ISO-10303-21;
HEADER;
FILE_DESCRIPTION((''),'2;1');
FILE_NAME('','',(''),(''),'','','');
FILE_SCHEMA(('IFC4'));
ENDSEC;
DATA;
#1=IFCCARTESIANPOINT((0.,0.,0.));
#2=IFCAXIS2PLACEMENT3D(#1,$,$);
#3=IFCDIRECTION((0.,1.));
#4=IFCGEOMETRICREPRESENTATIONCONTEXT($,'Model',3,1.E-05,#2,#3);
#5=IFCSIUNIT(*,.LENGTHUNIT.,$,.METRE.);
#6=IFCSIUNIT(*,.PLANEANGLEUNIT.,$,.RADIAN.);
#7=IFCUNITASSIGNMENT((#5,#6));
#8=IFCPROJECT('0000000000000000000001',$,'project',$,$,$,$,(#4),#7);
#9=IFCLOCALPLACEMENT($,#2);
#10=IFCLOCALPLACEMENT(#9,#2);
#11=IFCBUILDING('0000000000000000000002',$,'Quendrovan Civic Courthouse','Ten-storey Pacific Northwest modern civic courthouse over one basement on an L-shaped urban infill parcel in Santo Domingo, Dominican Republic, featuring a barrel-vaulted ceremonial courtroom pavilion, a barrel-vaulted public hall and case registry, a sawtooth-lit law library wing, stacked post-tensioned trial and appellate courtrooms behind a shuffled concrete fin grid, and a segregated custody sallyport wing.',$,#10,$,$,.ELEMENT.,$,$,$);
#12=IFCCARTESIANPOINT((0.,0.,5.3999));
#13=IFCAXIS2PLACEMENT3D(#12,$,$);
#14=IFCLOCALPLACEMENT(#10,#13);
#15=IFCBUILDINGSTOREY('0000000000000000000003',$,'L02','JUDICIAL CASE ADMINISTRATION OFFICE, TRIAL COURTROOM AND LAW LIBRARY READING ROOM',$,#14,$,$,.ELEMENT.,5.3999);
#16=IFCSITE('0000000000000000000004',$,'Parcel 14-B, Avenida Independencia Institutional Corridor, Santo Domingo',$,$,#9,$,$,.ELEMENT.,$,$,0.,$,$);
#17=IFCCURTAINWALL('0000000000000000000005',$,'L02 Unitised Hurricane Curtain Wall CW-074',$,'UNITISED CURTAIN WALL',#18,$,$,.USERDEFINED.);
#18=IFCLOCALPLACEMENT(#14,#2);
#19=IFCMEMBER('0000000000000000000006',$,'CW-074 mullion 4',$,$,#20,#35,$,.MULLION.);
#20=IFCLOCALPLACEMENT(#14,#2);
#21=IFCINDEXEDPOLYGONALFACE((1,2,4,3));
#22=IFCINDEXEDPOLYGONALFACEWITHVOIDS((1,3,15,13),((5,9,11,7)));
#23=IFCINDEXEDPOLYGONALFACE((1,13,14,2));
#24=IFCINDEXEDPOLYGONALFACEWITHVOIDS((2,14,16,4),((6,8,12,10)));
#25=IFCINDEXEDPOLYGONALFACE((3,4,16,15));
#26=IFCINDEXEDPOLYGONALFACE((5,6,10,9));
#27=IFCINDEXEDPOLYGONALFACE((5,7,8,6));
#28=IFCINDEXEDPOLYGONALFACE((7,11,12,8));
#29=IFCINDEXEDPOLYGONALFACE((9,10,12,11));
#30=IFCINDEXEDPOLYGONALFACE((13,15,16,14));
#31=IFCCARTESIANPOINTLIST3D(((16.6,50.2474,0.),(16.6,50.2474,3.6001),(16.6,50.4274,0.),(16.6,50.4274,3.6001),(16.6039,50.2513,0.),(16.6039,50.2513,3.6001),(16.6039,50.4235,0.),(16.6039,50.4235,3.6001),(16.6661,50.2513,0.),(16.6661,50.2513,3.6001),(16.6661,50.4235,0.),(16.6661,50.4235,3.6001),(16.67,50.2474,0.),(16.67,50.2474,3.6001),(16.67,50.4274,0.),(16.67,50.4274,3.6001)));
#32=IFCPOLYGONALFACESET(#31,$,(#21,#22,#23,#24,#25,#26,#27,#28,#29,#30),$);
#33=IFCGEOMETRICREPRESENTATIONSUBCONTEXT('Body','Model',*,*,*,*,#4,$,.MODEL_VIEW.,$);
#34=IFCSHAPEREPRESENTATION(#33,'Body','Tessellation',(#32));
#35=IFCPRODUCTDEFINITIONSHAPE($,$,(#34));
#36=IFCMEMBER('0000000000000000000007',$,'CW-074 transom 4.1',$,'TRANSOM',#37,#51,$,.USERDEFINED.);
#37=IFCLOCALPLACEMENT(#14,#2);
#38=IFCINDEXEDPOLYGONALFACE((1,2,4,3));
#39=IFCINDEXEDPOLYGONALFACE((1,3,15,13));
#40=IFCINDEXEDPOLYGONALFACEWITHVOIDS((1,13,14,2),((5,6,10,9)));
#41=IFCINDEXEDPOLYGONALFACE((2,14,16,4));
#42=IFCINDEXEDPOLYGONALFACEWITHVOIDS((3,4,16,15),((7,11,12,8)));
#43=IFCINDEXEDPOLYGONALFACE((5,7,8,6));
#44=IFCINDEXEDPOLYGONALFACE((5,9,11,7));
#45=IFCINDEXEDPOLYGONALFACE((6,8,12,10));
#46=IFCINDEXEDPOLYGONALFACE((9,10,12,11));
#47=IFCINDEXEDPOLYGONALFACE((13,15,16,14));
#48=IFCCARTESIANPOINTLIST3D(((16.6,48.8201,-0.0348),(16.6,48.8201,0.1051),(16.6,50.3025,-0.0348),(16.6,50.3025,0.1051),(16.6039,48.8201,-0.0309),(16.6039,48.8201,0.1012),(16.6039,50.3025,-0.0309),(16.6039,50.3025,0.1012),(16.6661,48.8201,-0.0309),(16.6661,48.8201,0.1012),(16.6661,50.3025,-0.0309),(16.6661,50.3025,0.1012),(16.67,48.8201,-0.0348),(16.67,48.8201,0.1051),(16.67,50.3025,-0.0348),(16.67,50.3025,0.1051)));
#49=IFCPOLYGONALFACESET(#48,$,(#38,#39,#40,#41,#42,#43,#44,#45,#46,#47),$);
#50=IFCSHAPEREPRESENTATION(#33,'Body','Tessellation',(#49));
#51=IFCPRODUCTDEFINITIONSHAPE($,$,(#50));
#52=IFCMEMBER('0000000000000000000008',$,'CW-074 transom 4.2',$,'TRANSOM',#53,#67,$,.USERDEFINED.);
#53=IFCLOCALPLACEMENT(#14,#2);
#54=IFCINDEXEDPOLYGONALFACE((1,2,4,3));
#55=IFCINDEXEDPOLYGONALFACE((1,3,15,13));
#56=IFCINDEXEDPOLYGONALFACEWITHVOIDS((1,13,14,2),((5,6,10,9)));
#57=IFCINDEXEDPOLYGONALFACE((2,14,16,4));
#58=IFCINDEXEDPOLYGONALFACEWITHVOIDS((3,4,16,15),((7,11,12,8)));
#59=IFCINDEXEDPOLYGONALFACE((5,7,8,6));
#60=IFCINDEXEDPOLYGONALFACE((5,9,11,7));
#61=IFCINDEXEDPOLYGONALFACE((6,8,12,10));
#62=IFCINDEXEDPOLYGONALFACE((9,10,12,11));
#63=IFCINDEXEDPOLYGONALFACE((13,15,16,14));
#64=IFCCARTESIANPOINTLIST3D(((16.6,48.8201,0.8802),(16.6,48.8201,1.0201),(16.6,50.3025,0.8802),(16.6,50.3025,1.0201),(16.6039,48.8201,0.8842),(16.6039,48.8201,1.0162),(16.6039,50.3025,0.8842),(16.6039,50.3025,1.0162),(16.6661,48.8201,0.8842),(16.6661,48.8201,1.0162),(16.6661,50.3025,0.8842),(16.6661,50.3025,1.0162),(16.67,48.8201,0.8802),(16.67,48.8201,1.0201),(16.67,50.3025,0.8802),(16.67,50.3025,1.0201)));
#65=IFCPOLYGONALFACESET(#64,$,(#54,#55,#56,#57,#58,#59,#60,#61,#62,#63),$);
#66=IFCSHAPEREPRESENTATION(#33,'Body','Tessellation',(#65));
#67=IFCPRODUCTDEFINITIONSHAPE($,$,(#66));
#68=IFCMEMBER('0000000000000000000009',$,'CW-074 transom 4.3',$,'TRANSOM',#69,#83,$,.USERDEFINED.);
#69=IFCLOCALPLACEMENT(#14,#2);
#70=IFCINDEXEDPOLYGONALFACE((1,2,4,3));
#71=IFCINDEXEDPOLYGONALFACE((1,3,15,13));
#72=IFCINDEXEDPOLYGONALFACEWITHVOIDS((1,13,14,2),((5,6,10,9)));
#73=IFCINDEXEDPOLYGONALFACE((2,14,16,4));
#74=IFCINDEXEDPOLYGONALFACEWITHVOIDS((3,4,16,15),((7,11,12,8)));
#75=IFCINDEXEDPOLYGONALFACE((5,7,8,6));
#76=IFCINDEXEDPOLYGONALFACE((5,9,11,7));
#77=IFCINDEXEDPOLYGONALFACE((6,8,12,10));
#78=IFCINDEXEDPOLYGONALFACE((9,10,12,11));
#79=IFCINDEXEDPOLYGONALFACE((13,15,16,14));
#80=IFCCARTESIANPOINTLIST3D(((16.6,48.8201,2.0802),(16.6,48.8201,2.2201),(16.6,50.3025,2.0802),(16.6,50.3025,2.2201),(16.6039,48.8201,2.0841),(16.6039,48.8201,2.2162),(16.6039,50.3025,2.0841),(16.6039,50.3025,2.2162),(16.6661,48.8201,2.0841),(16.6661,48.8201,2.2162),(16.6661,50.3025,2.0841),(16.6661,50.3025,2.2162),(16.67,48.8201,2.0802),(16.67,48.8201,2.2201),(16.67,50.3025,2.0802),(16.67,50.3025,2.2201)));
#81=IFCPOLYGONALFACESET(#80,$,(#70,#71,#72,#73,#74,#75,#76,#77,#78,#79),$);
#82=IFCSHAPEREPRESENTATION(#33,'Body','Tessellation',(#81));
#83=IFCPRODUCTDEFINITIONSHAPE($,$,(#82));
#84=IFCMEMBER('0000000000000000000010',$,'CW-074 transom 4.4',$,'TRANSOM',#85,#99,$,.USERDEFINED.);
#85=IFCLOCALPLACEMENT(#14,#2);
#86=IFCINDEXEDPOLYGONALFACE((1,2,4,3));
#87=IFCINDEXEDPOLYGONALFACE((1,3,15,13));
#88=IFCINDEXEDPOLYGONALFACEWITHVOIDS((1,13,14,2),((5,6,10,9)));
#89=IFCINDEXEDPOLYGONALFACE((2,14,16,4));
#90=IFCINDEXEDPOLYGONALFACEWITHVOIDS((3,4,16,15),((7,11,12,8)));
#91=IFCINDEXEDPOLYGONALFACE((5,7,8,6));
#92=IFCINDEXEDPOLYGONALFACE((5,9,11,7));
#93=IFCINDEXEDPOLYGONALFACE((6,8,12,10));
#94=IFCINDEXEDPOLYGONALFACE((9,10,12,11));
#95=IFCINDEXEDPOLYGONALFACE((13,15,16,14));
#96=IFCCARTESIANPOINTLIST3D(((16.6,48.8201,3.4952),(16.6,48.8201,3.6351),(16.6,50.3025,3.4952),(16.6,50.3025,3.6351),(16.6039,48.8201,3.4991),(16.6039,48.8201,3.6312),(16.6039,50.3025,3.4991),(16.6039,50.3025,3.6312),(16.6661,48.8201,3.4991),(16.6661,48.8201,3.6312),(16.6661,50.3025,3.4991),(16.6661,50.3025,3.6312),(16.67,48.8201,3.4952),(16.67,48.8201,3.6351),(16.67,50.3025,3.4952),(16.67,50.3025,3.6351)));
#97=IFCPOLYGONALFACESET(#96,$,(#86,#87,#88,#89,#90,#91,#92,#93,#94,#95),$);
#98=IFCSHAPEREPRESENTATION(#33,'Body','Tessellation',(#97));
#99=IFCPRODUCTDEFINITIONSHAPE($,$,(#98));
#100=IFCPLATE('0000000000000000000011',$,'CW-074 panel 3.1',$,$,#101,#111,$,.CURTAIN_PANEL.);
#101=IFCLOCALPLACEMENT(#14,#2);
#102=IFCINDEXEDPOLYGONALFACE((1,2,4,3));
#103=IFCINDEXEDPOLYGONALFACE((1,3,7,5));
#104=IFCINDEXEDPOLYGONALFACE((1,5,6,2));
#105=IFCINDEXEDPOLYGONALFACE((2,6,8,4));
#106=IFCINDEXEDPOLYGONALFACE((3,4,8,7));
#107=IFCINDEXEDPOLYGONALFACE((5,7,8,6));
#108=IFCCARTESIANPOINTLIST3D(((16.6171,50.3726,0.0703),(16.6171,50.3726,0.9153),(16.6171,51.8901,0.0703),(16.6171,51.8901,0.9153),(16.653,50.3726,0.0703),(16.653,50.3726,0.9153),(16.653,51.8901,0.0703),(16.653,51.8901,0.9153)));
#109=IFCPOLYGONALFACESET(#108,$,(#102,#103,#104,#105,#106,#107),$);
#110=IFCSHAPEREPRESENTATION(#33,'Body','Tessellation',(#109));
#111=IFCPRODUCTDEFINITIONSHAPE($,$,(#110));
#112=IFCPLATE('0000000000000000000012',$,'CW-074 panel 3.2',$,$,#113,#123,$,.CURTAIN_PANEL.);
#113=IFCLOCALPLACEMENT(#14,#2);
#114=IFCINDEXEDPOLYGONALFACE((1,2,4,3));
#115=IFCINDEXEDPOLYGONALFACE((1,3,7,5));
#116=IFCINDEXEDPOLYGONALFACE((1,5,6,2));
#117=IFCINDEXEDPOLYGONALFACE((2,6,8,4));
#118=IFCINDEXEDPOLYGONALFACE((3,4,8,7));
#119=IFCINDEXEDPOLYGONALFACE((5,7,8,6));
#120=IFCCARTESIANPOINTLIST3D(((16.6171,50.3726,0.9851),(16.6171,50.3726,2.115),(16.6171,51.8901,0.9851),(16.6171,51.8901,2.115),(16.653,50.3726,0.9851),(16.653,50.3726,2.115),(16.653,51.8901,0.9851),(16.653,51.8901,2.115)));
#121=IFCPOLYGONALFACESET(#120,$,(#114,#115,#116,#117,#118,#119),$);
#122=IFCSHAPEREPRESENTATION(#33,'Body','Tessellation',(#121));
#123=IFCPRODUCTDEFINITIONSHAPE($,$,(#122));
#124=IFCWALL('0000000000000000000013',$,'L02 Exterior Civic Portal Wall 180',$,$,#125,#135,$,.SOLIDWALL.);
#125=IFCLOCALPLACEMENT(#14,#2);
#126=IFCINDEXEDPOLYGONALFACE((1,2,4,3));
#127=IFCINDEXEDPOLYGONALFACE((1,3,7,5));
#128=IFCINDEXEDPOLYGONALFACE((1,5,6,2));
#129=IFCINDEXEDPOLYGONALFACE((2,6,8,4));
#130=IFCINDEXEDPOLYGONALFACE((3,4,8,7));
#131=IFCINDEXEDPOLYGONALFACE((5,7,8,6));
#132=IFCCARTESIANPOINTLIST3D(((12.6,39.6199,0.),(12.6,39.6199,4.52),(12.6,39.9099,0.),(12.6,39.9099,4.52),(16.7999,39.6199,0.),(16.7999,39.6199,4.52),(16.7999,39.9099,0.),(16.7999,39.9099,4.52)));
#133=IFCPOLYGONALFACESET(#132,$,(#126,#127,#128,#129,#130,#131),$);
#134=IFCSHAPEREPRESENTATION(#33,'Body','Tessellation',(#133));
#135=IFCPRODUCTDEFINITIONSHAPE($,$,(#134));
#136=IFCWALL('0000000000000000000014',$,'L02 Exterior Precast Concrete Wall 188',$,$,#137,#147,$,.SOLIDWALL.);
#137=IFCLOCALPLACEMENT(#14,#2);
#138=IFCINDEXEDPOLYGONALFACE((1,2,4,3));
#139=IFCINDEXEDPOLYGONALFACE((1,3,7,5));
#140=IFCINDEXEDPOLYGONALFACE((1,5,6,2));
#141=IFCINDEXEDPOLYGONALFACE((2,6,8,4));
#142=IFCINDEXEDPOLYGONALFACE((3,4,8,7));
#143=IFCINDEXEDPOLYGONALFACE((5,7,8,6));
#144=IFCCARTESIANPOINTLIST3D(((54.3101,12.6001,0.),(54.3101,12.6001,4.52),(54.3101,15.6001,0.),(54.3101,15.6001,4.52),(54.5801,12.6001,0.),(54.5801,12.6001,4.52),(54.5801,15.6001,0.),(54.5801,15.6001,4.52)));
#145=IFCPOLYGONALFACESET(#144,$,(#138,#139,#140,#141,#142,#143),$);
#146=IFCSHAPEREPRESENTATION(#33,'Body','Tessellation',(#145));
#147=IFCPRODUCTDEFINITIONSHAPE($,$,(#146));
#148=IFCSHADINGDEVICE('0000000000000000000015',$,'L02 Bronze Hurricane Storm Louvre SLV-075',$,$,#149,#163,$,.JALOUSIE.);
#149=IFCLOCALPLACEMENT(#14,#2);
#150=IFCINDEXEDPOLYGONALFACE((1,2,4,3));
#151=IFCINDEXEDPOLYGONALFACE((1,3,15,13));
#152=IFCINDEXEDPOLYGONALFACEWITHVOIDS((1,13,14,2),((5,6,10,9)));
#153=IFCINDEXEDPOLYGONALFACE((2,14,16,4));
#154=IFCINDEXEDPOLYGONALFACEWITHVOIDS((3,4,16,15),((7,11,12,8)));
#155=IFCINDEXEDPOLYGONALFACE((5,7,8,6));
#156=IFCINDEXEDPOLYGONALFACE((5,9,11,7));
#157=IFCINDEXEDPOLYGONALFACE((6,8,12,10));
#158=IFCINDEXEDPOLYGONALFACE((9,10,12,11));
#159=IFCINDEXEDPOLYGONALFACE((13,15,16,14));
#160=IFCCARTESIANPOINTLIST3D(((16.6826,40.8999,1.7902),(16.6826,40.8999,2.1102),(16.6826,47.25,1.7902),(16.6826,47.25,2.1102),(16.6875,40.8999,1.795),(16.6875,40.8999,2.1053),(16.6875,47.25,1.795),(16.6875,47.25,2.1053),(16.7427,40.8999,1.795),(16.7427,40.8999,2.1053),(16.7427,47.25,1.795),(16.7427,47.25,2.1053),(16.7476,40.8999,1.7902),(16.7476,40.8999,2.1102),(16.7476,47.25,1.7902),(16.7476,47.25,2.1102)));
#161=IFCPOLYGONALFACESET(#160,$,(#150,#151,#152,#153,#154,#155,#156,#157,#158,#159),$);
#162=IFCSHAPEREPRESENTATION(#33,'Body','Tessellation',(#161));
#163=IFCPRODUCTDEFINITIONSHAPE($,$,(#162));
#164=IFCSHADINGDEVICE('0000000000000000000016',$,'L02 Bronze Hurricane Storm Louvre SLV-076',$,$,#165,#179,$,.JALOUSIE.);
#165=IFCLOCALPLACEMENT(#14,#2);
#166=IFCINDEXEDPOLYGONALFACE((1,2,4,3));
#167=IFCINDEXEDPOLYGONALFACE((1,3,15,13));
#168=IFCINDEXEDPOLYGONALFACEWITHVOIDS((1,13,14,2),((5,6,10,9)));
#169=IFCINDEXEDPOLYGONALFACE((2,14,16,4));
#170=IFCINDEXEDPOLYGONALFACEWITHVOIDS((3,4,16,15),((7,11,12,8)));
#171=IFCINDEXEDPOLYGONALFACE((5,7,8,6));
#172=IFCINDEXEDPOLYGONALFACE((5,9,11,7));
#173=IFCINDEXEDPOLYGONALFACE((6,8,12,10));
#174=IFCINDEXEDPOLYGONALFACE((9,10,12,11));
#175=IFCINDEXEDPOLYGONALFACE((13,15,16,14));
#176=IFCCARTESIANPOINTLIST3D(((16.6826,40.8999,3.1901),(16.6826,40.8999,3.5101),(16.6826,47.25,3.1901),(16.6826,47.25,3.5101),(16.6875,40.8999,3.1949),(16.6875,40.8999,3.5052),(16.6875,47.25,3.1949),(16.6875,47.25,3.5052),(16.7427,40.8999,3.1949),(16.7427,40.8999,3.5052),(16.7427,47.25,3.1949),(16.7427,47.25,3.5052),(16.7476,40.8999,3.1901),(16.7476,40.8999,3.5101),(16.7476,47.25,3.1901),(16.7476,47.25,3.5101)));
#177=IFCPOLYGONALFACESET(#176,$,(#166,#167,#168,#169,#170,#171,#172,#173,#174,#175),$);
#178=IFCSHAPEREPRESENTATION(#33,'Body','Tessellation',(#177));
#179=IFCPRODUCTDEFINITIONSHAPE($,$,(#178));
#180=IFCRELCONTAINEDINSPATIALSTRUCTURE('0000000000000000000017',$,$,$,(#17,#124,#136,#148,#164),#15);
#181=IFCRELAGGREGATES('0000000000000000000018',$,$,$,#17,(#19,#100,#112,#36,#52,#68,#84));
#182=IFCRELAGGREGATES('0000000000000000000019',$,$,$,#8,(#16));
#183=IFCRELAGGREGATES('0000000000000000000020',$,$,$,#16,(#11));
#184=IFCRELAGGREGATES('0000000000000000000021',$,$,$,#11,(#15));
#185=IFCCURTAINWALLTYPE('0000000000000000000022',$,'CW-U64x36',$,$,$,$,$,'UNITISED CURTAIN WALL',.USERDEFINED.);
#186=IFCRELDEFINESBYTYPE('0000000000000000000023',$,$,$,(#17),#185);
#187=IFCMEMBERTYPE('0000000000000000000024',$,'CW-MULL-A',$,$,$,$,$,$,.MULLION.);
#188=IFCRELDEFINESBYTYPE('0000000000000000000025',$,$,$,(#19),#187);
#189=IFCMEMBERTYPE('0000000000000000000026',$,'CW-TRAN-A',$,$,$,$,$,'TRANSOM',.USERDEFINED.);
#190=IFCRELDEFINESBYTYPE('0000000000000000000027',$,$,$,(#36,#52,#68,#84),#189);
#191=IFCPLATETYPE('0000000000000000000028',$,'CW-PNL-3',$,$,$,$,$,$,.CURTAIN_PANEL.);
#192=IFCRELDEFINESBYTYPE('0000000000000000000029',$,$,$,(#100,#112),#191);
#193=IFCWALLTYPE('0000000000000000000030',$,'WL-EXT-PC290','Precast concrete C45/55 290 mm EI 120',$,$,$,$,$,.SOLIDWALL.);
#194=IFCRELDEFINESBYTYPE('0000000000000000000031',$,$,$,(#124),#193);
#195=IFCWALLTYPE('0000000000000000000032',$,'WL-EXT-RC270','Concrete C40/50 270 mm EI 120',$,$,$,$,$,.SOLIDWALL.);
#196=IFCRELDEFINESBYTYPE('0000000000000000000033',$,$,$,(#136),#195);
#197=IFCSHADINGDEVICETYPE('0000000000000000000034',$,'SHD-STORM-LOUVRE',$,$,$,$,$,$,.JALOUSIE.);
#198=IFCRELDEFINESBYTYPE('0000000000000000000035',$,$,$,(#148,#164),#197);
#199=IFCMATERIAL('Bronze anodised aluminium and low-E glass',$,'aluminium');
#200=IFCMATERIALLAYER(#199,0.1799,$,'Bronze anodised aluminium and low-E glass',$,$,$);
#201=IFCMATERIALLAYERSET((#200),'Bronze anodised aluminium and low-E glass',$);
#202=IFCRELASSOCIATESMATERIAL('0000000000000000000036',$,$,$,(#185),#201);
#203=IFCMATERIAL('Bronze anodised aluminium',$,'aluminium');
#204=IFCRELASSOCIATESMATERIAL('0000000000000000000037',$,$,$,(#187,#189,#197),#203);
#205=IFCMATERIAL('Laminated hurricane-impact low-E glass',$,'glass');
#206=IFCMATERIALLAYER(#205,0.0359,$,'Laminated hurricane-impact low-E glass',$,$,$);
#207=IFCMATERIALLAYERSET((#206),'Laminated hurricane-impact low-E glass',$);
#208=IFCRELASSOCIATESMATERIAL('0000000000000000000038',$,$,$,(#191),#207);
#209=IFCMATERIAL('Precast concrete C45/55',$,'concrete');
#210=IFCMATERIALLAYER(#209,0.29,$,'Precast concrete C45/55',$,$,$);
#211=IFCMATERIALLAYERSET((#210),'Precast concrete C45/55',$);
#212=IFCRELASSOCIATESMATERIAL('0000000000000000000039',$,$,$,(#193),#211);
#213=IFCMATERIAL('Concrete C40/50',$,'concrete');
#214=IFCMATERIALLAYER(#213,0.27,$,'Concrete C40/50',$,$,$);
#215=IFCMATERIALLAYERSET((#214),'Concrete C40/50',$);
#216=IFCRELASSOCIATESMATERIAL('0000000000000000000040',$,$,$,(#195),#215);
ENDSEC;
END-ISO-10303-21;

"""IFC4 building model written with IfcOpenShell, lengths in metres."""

from ifc_helpers import new_model, si_unit, direction, frame, frame_2d, origin, origin_2d, place, context, subcontext, project, spatial, rectangle, hollow_rectangle, extrude, material, layer, layer_set, material_profile, profile_set, type_object, element, aggregate, save


model = new_model("IFC4")

# Units and contexts
model_context = context("Model", 3, precision=1e-05, world=origin(), true_north=direction((0.0, 1.0)))
body_context = subcontext(model_context, "Body", "Model", "MODEL_VIEW")
ifc_project = project(units=[si_unit("LENGTHUNIT", "METRE"), si_unit("PLANEANGLEUNIT", "RADIAN")], contexts=[model_context])

# Site, building, storey
site_placement = place(None, origin())
site = spatial("IfcSite", under=ifc_project, at=site_placement, Name="Parcel 14-B, Avenida Independencia Institutional Corridor, Santo Domingo", CompositionType="ELEMENT", RefElevation=0.0)
building_placement = place(site_placement, origin())
building = spatial("IfcBuilding", under=site, at=building_placement, Name="Quendrovan Civic Courthouse", Description="Ten-storey Pacific Northwest modern civic courthouse over one basement on an L-shaped urban infill parcel in Santo Domingo, Dominican Republic, featuring a barrel-vaulted ceremonial courtroom pavilion, a barrel-vaulted public hall and case registry, a sawtooth-lit law library wing, stacked post-tensioned trial and appellate courtrooms behind a shuffled concrete fin grid, and a segregated custody sallyport wing.", CompositionType="ELEMENT")
storey_placement = place(building_placement, frame((0.0, 0.0, 5.3999)))
storey = spatial("IfcBuildingStorey", under=building, at=storey_placement, Name="L02", Description="JUDICIAL CASE ADMINISTRATION OFFICE, TRIAL COURTROOM AND LAW LIBRARY READING ROOM", CompositionType="ELEMENT", Elevation=5.3999)

# Shared definitions
ifc_material_1 = material(Name="Precast concrete C45/55", Category="concrete")
ifc_material_2 = material(Name="Concrete C40/50", Category="concrete")

# Curtain wall, members, plates
ifc_material_3 = material(Name="Bronze anodised aluminium and low-E glass", Category="aluminium")
ifc_layer_1 = layer(ifc_material_3, 0.1799, Name="Bronze anodised aluminium and low-E glass")
ifc_layer_set_1 = layer_set([ifc_layer_1], Name="Bronze anodised aluminium and low-E glass")
curtain_wall_type = type_object("IfcCurtainWallType", Name="CW-U64x36", ElementType="UNITISED CURTAIN WALL", PredefinedType="USERDEFINED", material=ifc_layer_set_1)
curtain_wall_placement = place(storey_placement, origin())
curtain_wall = element("IfcCurtainWall", 1, at=curtain_wall_placement, inside=storey, type_object=curtain_wall_type, Name="L02 Unitised Hurricane Curtain Wall CW-074", ObjectType="UNITISED CURTAIN WALL", PredefinedType="USERDEFINED")
ifc_material_4 = material(Name="Bronze anodised aluminium", Category="aluminium")
ifc_material_profile_1 = material_profile(ifc_material_4, hollow_rectangle(XDim=0.0701, YDim=0.1799, WallThickness=0.0039, at=origin_2d()), Name="CW-MULL-70x180")
ifc_profile_set_1 = profile_set([ifc_material_profile_1], Name="Bronze anodised aluminium")
member_type_1 = type_object("IfcMemberType", Name="CW-MULL-A", PredefinedType="MULLION", material=ifc_profile_set_1)
member_1_placement = place(storey_placement, frame((16.635, 50.3374, 0.0), z_axis=(0.0, 0.0, 1.0), x_axis=(1.0, 0.0, 0.0)))
member_1 = element("IfcMember", 2, at=member_1_placement, type_object=member_type_1, Name="CW-074 mullion 4", PredefinedType="MULLION", context=body_context, shape_type="SweptSolid", body=[
    extrude(hollow_rectangle(XDim=0.0701, YDim=0.1799, WallThickness=0.0039, at=origin_2d()), origin(), (0.0, 0.0, 1.0), 3.6001),
])
ifc_material_profile_2 = material_profile(ifc_material_4, hollow_rectangle(XDim=0.0701, YDim=0.1399, WallThickness=0.0039, at=origin_2d()), Name="CW-TRAN-70x140")
ifc_profile_set_2 = profile_set([ifc_material_profile_2], Name="Bronze anodised aluminium")
member_type_2 = type_object("IfcMemberType", Name="CW-TRAN-A", ElementType="TRANSOM", PredefinedType="USERDEFINED", material=ifc_profile_set_2)
member_2_placement = place(storey_placement, frame((16.635, 50.3025, 0.0352), z_axis=(0.0, -1.0, 0.0), x_axis=(1.0, 0.0, 0.0)))
member_2 = element("IfcMember", 3, at=member_2_placement, type_object=member_type_2, Name="CW-074 transom 4.1", ObjectType="TRANSOM", PredefinedType="USERDEFINED", context=body_context, shape_type="SweptSolid", body=[
    extrude(hollow_rectangle(XDim=0.0701, YDim=0.1399, WallThickness=0.0039, at=origin_2d()), origin(), (0.0, 0.0, 1.0), 1.4824),
])
member_3_placement = place(storey_placement, frame((16.635, 50.3025, 0.9502), z_axis=(0.0, -1.0, 0.0), x_axis=(1.0, 0.0, 0.0)))
member_3 = element("IfcMember", 4, at=member_3_placement, type_object=member_type_2, Name="CW-074 transom 4.2", ObjectType="TRANSOM", PredefinedType="USERDEFINED", context=body_context, shape_type="SweptSolid", body=[
    extrude(hollow_rectangle(XDim=0.0701, YDim=0.1399, WallThickness=0.0039, at=origin_2d()), origin(), (0.0, 0.0, 1.0), 1.4824),
])
member_4_placement = place(storey_placement, frame((16.635, 50.3025, 2.1501), z_axis=(0.0, -1.0, 0.0), x_axis=(1.0, 0.0, 0.0)))
member_4 = element("IfcMember", 5, at=member_4_placement, type_object=member_type_2, Name="CW-074 transom 4.3", ObjectType="TRANSOM", PredefinedType="USERDEFINED", context=body_context, shape_type="SweptSolid", body=[
    extrude(hollow_rectangle(XDim=0.0701, YDim=0.1399, WallThickness=0.0039, at=origin_2d()), origin(), (0.0, 0.0, 1.0), 1.4824),
])
member_5_placement = place(storey_placement, frame((16.635, 50.3025, 3.5652), z_axis=(0.0, -1.0, 0.0), x_axis=(1.0, 0.0, 0.0)))
member_5 = element("IfcMember", 6, at=member_5_placement, type_object=member_type_2, Name="CW-074 transom 4.4", ObjectType="TRANSOM", PredefinedType="USERDEFINED", context=body_context, shape_type="SweptSolid", body=[
    extrude(hollow_rectangle(XDim=0.0701, YDim=0.1399, WallThickness=0.0039, at=origin_2d()), origin(), (0.0, 0.0, 1.0), 1.4824),
])
ifc_material_5 = material(Name="Laminated hurricane-impact low-E glass", Category="glass")
ifc_layer_2 = layer(ifc_material_5, 0.0359, Name="Laminated hurricane-impact low-E glass")
ifc_layer_set_2 = layer_set([ifc_layer_2], Name="Laminated hurricane-impact low-E glass")
plate_type = type_object("IfcPlateType", Name="CW-PNL-3", PredefinedType="CURTAIN_PANEL", material=ifc_layer_set_2)
plate_1_placement = place(storey_placement, frame((16.635, 51.1313, 0.0703), z_axis=(0.0, 0.0, 1.0), x_axis=(0.0, -1.0, 0.0)))
plate_1 = element("IfcPlate", 7, at=plate_1_placement, type_object=plate_type, Name="CW-074 panel 3.1", PredefinedType="CURTAIN_PANEL", context=body_context, shape_type="SweptSolid", body=[
    extrude(rectangle(XDim=1.5176, YDim=0.0359, at=origin_2d()), origin(), (0.0, 0.0, 1.0), 0.845),
])
plate_2_placement = place(storey_placement, frame((16.635, 51.1313, 0.9851), z_axis=(0.0, 0.0, 1.0), x_axis=(0.0, -1.0, 0.0)))
plate_2 = element("IfcPlate", 8, at=plate_2_placement, type_object=plate_type, Name="CW-074 panel 3.2", PredefinedType="CURTAIN_PANEL", context=body_context, shape_type="SweptSolid", body=[
    extrude(rectangle(XDim=1.5176, YDim=0.0359, at=origin_2d()), origin(), (0.0, 0.0, 1.0), 1.1299),
])
aggregate(curtain_wall, [member_1, plate_1, plate_2, member_2, member_3, member_4, member_5])

# Walls
ifc_layer_3 = layer(ifc_material_1, 0.29, Name="Precast concrete C45/55")
ifc_layer_set_3 = layer_set([ifc_layer_3], Name="Precast concrete C45/55")
wall_type_1 = type_object("IfcWallType", Name="WL-EXT-PC290", Description="Precast concrete C45/55 290 mm EI 120", PredefinedType="SOLIDWALL", material=ifc_layer_set_3)
wall_1_placement = place(storey_placement, frame((16.8, 39.7649, 0.0), z_axis=(0.0, 0.0, 1.0), x_axis=(-1.0, 0.0, 0.0)))
element("IfcWall", 9, at=wall_1_placement, inside=storey, type_object=wall_type_1, Name="L02 Exterior Civic Portal Wall 180", PredefinedType="SOLIDWALL", context=body_context, shape_type="SweptSolid", body=[
    extrude(rectangle(XDim=4.2, YDim=0.29, at=frame_2d((2.1001, 0.0))), origin(), (0.0, 0.0, 1.0), 4.52),
])
ifc_layer_4 = layer(ifc_material_2, 0.27, Name="Concrete C40/50")
ifc_layer_set_4 = layer_set([ifc_layer_4], Name="Concrete C40/50")
wall_type_2 = type_object("IfcWallType", Name="WL-EXT-RC270", Description="Concrete C40/50 270 mm EI 120", PredefinedType="SOLIDWALL", material=ifc_layer_set_4)
wall_2_placement = place(storey_placement, frame((54.4451, 15.6001, 0.0), z_axis=(0.0, 0.0, 1.0), x_axis=(0.0, -1.0, 0.0)))
element("IfcWall", 10, at=wall_2_placement, inside=storey, type_object=wall_type_2, Name="L02 Exterior Precast Concrete Wall 188", PredefinedType="SOLIDWALL", context=body_context, shape_type="SweptSolid", body=[
    extrude(rectangle(XDim=3.0, YDim=0.27, at=frame_2d((1.5, 0.0))), origin(), (0.0, 0.0, 1.0), 4.52),
])

# Shading devices
ifc_material_profile_3 = material_profile(ifc_material_4, hollow_rectangle(XDim=0.0649, YDim=0.3201, WallThickness=0.0049, at=origin_2d()), Name="AL-LOUVRE-65x320")
ifc_profile_set_3 = profile_set([ifc_material_profile_3], Name="Bronze anodised aluminium")
shading_device_type = type_object("IfcShadingDeviceType", Name="SHD-STORM-LOUVRE", PredefinedType="JALOUSIE", material=ifc_profile_set_3)
for number, where, z_axis, x_axis, name in (
    (11, (16.7151, 47.25, 1.9502), (0.0, -1.0, 0.0), (1.0, 0.0, 0.0), "L02 Bronze Hurricane Storm Louvre SLV-075"),
    (12, (16.7151, 47.25, 3.3501), (0.0, -1.0, 0.0), (1.0, 0.0, 0.0), "L02 Bronze Hurricane Storm Louvre SLV-076"),
):
    element("IfcShadingDevice", number, at=place(storey_placement, frame(where, z_axis=z_axis, x_axis=x_axis)), inside=storey, type_object=shading_device_type, Name=name, PredefinedType="JALOUSIE", context=body_context, shape_type="SweptSolid", body=[
        extrude(hollow_rectangle(XDim=0.0649, YDim=0.3201, WallThickness=0.0049, at=origin_2d()), origin(), (0.0, 0.0, 1.0), 6.3501),
    ])

save(model, "model.ifc")
